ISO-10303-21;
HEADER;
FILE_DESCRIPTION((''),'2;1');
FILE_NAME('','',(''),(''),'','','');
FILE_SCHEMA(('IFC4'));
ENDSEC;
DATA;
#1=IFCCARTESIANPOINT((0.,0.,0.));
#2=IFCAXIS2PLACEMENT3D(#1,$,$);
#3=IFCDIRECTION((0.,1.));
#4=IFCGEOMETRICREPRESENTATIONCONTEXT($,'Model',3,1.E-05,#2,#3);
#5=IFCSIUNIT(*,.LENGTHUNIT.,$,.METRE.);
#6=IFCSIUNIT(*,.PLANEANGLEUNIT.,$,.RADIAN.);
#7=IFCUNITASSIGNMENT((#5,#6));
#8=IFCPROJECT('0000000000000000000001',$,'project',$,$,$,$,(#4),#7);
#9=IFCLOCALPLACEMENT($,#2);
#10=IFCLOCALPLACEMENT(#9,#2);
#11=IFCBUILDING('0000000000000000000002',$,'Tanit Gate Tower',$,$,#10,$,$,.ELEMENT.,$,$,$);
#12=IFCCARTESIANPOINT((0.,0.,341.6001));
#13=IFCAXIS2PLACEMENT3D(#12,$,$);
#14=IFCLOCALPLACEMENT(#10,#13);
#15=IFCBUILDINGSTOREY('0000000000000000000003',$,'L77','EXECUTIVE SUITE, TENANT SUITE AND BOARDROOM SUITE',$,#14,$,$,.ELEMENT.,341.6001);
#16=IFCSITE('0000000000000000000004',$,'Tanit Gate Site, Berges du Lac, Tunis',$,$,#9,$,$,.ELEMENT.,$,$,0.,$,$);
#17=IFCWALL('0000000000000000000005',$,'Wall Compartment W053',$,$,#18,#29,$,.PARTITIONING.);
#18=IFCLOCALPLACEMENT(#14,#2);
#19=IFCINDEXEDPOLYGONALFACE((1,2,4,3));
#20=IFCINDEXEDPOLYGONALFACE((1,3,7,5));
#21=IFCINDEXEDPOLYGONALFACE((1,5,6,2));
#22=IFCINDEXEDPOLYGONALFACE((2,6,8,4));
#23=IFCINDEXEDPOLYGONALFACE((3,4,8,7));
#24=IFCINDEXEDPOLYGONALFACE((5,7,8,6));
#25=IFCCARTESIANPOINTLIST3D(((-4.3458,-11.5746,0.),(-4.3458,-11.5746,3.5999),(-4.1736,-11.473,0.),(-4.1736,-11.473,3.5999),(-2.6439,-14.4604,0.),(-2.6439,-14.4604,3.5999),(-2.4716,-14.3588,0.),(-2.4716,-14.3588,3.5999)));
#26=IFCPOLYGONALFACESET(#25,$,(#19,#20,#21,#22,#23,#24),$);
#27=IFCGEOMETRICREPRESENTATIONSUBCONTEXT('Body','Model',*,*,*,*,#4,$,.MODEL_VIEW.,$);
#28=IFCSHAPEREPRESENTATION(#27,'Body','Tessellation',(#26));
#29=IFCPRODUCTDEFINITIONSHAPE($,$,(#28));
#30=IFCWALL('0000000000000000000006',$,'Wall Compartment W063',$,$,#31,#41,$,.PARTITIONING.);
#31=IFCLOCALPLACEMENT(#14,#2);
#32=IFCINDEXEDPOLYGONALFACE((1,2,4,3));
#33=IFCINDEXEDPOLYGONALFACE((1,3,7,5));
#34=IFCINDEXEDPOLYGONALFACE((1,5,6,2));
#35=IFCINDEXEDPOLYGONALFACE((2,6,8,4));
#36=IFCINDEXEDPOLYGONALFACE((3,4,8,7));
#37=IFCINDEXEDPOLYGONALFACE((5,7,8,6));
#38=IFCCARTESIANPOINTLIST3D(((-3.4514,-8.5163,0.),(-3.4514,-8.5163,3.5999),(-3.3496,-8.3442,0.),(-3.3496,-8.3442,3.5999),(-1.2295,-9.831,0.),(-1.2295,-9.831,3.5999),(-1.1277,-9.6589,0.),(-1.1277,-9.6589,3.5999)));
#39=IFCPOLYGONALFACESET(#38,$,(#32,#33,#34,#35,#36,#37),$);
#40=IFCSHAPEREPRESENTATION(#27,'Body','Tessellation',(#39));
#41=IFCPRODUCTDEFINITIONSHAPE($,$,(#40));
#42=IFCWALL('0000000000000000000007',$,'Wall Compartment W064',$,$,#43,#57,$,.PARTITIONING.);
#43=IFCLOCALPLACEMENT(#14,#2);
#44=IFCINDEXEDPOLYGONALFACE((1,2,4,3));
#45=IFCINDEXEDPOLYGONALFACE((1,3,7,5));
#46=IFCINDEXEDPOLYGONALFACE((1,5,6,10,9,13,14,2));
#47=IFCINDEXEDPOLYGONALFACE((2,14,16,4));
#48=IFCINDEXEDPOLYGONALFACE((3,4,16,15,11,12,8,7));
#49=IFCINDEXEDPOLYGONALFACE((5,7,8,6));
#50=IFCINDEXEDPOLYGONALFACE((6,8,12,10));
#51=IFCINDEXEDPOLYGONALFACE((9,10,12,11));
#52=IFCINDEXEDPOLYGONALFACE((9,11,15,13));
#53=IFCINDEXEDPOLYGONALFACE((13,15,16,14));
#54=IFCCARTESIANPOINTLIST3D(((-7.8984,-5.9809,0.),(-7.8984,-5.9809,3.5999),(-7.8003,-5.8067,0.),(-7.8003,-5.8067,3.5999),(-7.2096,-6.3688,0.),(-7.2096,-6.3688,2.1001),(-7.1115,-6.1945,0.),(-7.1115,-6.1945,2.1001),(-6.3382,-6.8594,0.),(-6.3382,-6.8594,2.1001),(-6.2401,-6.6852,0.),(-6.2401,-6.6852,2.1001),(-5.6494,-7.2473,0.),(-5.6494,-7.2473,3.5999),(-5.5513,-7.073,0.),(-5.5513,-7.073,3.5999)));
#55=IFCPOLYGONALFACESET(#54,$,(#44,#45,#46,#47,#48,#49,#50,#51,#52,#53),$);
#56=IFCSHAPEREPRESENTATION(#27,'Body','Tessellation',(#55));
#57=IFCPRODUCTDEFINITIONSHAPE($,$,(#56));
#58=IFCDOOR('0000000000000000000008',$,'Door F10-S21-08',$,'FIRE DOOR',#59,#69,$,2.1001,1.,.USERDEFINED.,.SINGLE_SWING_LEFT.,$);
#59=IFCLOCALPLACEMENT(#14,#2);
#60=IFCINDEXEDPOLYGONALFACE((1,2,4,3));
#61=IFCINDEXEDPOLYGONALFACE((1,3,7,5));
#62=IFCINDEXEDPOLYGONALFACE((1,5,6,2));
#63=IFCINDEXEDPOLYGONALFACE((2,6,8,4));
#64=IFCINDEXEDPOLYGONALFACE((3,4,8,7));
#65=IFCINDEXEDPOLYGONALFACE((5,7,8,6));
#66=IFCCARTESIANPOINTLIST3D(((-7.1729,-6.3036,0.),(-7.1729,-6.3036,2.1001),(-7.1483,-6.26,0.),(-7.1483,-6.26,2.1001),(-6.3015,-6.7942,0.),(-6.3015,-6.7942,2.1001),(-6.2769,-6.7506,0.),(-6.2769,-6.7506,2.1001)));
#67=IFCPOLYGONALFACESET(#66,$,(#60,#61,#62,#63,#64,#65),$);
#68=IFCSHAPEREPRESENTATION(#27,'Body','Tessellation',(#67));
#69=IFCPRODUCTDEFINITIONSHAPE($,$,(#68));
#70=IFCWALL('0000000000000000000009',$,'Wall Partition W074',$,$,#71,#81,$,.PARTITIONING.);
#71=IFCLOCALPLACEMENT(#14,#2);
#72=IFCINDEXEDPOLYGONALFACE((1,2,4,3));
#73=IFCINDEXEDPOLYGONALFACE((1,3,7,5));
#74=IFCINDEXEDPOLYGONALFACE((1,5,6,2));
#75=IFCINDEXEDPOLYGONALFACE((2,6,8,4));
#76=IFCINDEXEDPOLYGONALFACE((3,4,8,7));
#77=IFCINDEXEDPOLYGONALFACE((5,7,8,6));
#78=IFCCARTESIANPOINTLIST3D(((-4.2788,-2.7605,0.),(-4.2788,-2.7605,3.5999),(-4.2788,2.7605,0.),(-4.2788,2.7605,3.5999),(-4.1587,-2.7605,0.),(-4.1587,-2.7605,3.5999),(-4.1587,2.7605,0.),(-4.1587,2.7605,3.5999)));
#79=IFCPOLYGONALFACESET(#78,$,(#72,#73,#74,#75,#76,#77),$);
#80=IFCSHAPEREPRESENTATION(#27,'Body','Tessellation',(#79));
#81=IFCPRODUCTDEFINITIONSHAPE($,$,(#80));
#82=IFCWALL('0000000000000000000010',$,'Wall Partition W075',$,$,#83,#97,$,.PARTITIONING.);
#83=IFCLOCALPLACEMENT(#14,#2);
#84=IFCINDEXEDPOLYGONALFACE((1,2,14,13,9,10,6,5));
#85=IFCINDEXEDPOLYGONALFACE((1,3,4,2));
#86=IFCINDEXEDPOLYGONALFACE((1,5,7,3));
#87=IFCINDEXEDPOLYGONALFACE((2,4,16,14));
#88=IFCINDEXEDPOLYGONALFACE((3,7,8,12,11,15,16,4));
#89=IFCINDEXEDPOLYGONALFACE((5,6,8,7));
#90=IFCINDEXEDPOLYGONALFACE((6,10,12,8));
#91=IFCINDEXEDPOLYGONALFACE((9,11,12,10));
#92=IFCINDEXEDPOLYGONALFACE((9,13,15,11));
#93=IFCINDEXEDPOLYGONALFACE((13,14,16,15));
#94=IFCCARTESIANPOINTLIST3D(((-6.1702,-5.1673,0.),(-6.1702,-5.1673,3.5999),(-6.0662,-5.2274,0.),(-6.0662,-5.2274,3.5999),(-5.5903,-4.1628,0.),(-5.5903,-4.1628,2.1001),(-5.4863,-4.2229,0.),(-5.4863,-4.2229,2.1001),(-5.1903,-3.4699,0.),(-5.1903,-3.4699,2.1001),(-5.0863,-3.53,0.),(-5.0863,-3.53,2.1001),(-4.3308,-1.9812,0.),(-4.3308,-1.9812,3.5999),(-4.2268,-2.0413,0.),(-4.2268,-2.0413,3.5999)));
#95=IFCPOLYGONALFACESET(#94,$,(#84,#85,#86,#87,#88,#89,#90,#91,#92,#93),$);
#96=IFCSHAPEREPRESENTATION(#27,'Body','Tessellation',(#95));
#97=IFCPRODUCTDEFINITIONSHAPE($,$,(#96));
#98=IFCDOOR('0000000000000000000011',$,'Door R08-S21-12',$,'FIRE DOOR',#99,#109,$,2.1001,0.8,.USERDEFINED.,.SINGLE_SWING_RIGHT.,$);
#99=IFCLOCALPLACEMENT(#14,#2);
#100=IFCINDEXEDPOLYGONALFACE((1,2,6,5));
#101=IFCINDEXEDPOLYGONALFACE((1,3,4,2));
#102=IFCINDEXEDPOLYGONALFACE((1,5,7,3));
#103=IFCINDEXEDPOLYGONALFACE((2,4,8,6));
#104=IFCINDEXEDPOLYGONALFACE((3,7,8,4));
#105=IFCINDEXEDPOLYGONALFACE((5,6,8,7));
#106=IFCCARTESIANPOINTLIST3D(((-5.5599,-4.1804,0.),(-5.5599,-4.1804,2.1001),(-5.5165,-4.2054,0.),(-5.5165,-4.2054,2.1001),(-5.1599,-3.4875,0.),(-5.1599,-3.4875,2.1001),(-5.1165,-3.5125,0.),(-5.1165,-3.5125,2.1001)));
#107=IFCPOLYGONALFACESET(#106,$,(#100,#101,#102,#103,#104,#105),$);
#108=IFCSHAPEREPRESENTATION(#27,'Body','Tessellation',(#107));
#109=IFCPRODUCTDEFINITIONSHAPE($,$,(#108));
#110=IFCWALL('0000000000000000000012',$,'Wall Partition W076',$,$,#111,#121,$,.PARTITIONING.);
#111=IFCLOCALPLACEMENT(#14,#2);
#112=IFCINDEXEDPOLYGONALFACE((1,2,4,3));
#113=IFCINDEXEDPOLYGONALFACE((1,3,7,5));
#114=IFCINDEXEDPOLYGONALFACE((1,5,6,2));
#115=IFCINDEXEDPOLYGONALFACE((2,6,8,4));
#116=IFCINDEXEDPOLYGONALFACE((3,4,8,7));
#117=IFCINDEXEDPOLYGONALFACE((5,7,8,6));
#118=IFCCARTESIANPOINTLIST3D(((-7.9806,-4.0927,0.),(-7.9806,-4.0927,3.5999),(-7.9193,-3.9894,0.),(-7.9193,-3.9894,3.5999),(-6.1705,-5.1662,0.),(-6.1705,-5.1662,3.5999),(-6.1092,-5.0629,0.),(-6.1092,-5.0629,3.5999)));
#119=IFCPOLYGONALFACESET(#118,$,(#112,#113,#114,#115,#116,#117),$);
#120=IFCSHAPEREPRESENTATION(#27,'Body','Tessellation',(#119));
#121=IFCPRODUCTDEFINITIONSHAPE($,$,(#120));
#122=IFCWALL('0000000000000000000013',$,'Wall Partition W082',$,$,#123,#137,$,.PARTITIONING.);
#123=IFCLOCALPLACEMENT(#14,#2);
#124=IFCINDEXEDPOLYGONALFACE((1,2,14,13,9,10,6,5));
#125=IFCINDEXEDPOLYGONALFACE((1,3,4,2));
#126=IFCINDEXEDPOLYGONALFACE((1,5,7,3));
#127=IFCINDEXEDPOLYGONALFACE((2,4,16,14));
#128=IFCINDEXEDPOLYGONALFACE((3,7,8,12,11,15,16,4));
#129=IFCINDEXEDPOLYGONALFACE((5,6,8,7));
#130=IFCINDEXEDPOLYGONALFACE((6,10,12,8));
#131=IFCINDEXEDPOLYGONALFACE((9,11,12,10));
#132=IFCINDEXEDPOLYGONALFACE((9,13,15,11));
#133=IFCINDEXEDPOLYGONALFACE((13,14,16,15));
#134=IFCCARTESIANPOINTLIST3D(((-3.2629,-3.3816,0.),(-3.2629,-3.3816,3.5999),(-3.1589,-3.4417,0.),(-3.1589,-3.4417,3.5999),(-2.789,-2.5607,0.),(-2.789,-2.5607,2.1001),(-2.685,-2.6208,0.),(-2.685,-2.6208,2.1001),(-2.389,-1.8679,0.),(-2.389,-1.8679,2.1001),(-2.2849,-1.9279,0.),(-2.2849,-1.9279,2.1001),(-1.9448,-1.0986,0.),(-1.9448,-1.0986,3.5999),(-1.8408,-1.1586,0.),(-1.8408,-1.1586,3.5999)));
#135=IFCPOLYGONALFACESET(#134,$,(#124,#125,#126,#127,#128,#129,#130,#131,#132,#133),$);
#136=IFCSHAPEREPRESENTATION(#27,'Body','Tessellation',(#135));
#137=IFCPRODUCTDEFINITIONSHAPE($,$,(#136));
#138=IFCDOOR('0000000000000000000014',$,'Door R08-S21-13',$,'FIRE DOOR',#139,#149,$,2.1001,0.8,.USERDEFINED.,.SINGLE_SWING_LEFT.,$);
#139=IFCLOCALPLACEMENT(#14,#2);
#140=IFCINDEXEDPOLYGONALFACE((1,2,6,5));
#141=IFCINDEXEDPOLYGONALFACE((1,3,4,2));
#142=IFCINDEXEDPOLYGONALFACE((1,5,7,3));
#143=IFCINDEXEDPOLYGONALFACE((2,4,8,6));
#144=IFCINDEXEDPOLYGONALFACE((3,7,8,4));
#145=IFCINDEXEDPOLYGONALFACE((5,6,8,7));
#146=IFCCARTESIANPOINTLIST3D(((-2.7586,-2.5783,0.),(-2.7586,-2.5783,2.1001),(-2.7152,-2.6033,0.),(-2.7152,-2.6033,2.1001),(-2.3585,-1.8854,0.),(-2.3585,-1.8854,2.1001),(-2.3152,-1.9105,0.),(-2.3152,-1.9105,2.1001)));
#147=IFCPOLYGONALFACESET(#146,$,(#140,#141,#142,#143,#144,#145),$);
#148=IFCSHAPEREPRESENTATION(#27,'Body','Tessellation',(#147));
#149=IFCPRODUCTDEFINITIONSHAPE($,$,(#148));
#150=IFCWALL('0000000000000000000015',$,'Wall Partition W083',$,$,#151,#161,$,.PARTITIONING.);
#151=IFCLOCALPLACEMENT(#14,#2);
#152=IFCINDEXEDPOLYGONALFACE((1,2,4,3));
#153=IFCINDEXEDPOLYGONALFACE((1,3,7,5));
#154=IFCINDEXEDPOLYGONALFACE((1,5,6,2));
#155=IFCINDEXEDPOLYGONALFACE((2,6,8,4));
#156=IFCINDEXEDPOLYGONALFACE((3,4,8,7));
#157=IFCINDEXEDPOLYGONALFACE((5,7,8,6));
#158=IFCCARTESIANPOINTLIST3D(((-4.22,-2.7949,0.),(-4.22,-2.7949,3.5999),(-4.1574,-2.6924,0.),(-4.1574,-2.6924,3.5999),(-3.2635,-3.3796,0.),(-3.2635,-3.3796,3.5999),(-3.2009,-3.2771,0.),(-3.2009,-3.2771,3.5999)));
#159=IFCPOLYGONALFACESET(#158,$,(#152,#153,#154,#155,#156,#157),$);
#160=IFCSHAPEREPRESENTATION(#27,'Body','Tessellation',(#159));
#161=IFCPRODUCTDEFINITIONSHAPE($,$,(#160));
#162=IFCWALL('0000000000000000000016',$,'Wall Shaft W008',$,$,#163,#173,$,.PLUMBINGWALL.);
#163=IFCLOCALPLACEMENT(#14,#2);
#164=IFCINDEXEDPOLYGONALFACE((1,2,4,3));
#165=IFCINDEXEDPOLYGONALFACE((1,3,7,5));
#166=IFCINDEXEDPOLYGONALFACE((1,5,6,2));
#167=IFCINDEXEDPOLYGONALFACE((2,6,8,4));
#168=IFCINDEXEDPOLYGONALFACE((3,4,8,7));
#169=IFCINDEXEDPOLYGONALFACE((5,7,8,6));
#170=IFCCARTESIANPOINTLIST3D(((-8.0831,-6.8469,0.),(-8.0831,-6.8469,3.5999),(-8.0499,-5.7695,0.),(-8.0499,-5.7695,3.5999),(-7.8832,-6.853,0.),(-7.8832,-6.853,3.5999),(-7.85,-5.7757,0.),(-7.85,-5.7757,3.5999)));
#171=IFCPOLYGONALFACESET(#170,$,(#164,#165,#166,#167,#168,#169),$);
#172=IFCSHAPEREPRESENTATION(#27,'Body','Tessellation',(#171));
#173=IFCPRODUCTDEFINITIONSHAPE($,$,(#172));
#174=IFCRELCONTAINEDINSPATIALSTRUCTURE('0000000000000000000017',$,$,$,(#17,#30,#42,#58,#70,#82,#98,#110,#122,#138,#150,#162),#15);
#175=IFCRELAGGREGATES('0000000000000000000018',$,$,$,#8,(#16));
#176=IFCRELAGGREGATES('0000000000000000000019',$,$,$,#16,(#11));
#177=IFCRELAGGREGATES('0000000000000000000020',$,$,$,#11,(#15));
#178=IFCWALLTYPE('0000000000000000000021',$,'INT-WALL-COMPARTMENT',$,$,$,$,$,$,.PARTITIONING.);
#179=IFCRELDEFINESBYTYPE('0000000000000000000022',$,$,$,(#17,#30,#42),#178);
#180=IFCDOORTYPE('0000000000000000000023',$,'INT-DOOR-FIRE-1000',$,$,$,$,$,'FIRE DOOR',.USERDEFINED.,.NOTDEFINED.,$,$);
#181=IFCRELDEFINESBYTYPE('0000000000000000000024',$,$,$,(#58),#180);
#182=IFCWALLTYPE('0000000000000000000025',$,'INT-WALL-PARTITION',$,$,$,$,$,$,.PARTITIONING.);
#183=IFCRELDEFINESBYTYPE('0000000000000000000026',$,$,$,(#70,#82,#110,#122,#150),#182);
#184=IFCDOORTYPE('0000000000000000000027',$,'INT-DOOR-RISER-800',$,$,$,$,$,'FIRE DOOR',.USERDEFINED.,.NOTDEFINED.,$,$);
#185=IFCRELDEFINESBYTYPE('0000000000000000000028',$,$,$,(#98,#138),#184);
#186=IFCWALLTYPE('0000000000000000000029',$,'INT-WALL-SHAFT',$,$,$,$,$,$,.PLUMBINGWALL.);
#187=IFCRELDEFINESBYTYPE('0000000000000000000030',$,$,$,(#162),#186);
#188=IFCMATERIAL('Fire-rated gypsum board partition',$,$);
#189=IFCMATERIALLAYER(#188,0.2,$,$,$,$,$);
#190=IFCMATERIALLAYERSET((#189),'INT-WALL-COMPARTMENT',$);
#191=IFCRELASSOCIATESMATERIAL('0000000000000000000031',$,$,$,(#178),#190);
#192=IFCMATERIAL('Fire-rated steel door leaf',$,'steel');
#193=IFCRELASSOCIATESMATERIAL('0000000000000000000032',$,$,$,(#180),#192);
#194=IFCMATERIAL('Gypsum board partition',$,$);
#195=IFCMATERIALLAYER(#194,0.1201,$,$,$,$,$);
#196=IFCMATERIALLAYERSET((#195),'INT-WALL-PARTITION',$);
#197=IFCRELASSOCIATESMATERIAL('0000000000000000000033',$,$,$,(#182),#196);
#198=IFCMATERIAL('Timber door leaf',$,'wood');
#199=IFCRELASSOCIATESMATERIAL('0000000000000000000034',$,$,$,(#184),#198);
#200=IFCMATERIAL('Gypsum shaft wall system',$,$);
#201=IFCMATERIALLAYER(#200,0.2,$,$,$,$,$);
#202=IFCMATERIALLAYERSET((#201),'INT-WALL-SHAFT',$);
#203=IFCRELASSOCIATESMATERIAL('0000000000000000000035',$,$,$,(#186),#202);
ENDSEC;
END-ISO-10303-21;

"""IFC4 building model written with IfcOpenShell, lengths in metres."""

from ifc_helpers import new_model, si_unit, direction, frame, frame_2d, origin, place, context, subcontext, project, spatial, rectangle, extrude, material, layer, layer_set, type_object, element, fill, save


model = new_model("IFC4")

# Units and contexts
model_context = context("Model", 3, precision=1e-05, world=origin(), true_north=direction((0.0, 1.0)))
body_context = subcontext(model_context, "Body", "Model", "MODEL_VIEW")
ifc_project = project(units=[si_unit("LENGTHUNIT", "METRE"), si_unit("PLANEANGLEUNIT", "RADIAN")], contexts=[model_context])

# Site, building, storey
site_placement = place(None, origin())
site = spatial("IfcSite", under=ifc_project, at=site_placement, Name="Tanit Gate Site, Berges du Lac, Tunis", CompositionType="ELEMENT", RefElevation=0.0)
building_placement = place(site_placement, origin())
building = spatial("IfcBuilding", under=site, at=building_placement, Name="Tanit Gate Tower", CompositionType="ELEMENT")
storey_placement = place(building_placement, frame((0.0, 0.0, 341.6001)))
storey = spatial("IfcBuildingStorey", under=building, at=storey_placement, Name="L77", Description="EXECUTIVE SUITE, TENANT SUITE AND BOARDROOM SUITE", CompositionType="ELEMENT", Elevation=341.6001)

# Walls
ifc_material_1 = material(Name="Fire-rated gypsum board partition")
ifc_layer_1 = layer(ifc_material_1, 0.2)
ifc_layer_set_1 = layer_set([ifc_layer_1], Name="INT-WALL-COMPARTMENT")
wall_type_1 = type_object("IfcWallType", Name="INT-WALL-COMPARTMENT", PredefinedType="PARTITIONING", material=ifc_layer_set_1)
wall_1_placement = place(storey_placement, frame((-4.2598, -11.5237, 0.0), z_axis=(0.0, 0.0, 1.0), x_axis=(0.507997, -0.861359, 0.0)))
element("IfcWall", 1, at=wall_1_placement, inside=storey, type_object=wall_type_1, Name="Wall Compartment W053", PredefinedType="PARTITIONING", context=body_context, shape_type="SweptSolid", body=[
    extrude(rectangle(XDim=3.3503, YDim=0.2, at=frame_2d((1.6753, 0.0))), origin(), (0.0, 0.0, 1.0), 3.5999),
])
wall_2_placement = place(storey_placement, frame((-3.4006, -8.4302, 0.0), z_axis=(0.0, 0.0, 1.0), x_axis=(0.860631, -0.509229, 0.0)))
element("IfcWall", 2, at=wall_2_placement, inside=storey, type_object=wall_type_1, Name="Wall Compartment W063", PredefinedType="PARTITIONING", context=body_context, shape_type="SweptSolid", body=[
    extrude(rectangle(XDim=2.5818, YDim=0.2, at=frame_2d((1.291, 0.0))), origin(), (0.0, 0.0, 1.0), 3.5999),
])

# Wall, opening, door
wall_3_placement = place(storey_placement, frame((-7.8494, -5.8938, 0.0), z_axis=(0.0, 0.0, 1.0), x_axis=(0.871363, -0.490638, 0.0)))
wall_3 = element("IfcWall", 3, at=wall_3_placement, inside=storey, type_object=wall_type_1, Name="Wall Compartment W064", PredefinedType="PARTITIONING", context=body_context, shape_type="SweptSolid", body=[
    extrude(rectangle(XDim=2.5811, YDim=0.2, at=frame_2d((1.2905, 0.0))), origin(), (0.0, 0.0, 1.0), 3.5999),
])
opening_1_placement = place(wall_3_placement, frame((0.7905, 0.0, 0.0)))
opening_1 = element("IfcOpeningElement", 4, at=opening_1_placement, cuts=wall_3, PredefinedType="OPENING", context=body_context, shape_type="SweptSolid", body=[
    extrude(rectangle(XDim=1.0, YDim=2.1001, at=frame_2d((0.5, 1.05))), frame((0.0, 0.1099, 0.0), z_axis=(0.0, -1.0, 0.0), x_axis=(1.0, 0.0, 0.0)), (0.0, 0.0, 1.0), 0.22),
])
ifc_material_2 = material(Name="Fire-rated steel door leaf", Category="steel")
door_type_1 = type_object("IfcDoorType", Name="INT-DOOR-FIRE-1000", ElementType="FIRE DOOR", OperationType="NOTDEFINED", PredefinedType="USERDEFINED", material=ifc_material_2)
door_1_placement = place(opening_1_placement, origin())
door_1 = element("IfcDoor", 5, at=door_1_placement, inside=storey, type_object=door_type_1, Name="Door F10-S21-08", ObjectType="FIRE DOOR", OperationType="SINGLE_SWING_LEFT", OverallHeight=2.1001, OverallWidth=1.0, PredefinedType="USERDEFINED", context=body_context, shape_type="SweptSolid", body=[
    extrude(rectangle(XDim=1.0, YDim=2.1001, at=frame_2d((0.5, 1.05))), frame((0.0, 0.0249, 0.0), z_axis=(0.0, -1.0, 0.0), x_axis=(1.0, 0.0, 0.0)), (0.0, 0.0, 1.0), 0.05),
])
fill(opening_1, door_1)

# Wall
ifc_material_3 = material(Name="Gypsum board partition")
ifc_layer_2 = layer(ifc_material_3, 0.1201)
ifc_layer_set_2 = layer_set([ifc_layer_2], Name="INT-WALL-PARTITION")
wall_type_2 = type_object("IfcWallType", Name="INT-WALL-PARTITION", PredefinedType="PARTITIONING", material=ifc_layer_set_2)
wall_4_placement = place(storey_placement, frame((-4.2188, -2.7605, 0.0), z_axis=(0.0, 0.0, 1.0), x_axis=(0.0, 1.0, 0.0)))
element("IfcWall", 6, at=wall_4_placement, inside=storey, type_object=wall_type_2, Name="Wall Partition W074", PredefinedType="PARTITIONING", context=body_context, shape_type="SweptSolid", body=[
    extrude(rectangle(XDim=5.521, YDim=0.1201, at=frame_2d((2.7605, 0.0))), origin(), (0.0, 0.0, 1.0), 3.5999),
])

# Wall, opening, door
wall_5_placement = place(storey_placement, frame((-6.1182, -5.1973, 0.0), z_axis=(0.0, 0.0, 1.0), x_axis=(0.499979, 0.866038, 0.0)))
wall_5 = element("IfcWall", 7, at=wall_5_placement, inside=storey, type_object=wall_type_2, Name="Wall Partition W075", PredefinedType="PARTITIONING", context=body_context, shape_type="SweptSolid", body=[
    extrude(rectangle(XDim=3.679, YDim=0.1201, at=frame_2d((1.8394, 0.0))), origin(), (0.0, 0.0, 1.0), 3.5999),
])
opening_2_placement = place(wall_5_placement, frame((1.1599, 0.0, 0.0)))
opening_2 = element("IfcOpeningElement", 8, at=opening_2_placement, cuts=wall_5, PredefinedType="OPENING", context=body_context, shape_type="SweptSolid", body=[
    extrude(rectangle(XDim=0.8, YDim=2.1001, at=frame_2d((0.3999, 1.05))), frame((0.0, 0.0701, 0.0), z_axis=(0.0, -1.0, 0.0), x_axis=(1.0, 0.0, 0.0)), (0.0, 0.0, 1.0), 0.1401),
])
ifc_material_4 = material(Name="Timber door leaf", Category="wood")
door_type_2 = type_object("IfcDoorType", Name="INT-DOOR-RISER-800", ElementType="FIRE DOOR", OperationType="NOTDEFINED", PredefinedType="USERDEFINED", material=ifc_material_4)
door_2_placement = place(opening_2_placement, origin())
door_2 = element("IfcDoor", 9, at=door_2_placement, inside=storey, type_object=door_type_2, Name="Door R08-S21-12", ObjectType="FIRE DOOR", OperationType="SINGLE_SWING_RIGHT", OverallHeight=2.1001, OverallWidth=0.8, PredefinedType="USERDEFINED", context=body_context, shape_type="SweptSolid", body=[
    extrude(rectangle(XDim=0.8, YDim=2.1001, at=frame_2d((0.3999, 1.05))), frame((0.0, 0.0249, 0.0), z_axis=(0.0, -1.0, 0.0), x_axis=(1.0, 0.0, 0.0)), (0.0, 0.0, 1.0), 0.05),
])
fill(opening_2, door_2)

# Wall
wall_6_placement = place(storey_placement, frame((-7.95, -4.041, 0.0), z_axis=(0.0, 0.0, 1.0), x_axis=(0.860112, -0.510104, 0.0)))
element("IfcWall", 10, at=wall_6_placement, inside=storey, type_object=wall_type_2, Name="Wall Partition W076", PredefinedType="PARTITIONING", context=body_context, shape_type="SweptSolid", body=[
    extrude(rectangle(XDim=2.1045, YDim=0.1201, at=frame_2d((1.0522, 0.0))), origin(), (0.0, 0.0, 1.0), 3.5999),
])

# Wall, opening, door
wall_7_placement = place(storey_placement, frame((-3.2109, -3.4116, 0.0), z_axis=(0.0, 0.0, 1.0), x_axis=(0.500014, 0.866017, 0.0)))
wall_7 = element("IfcWall", 11, at=wall_7_placement, inside=storey, type_object=wall_type_2, Name="Wall Partition W082", PredefinedType="PARTITIONING", context=body_context, shape_type="SweptSolid", body=[
    extrude(rectangle(XDim=2.6362, YDim=0.1201, at=frame_2d((1.3181, 0.0))), origin(), (0.0, 0.0, 1.0), 3.5999),
])
opening_3_placement = place(wall_7_placement, frame((0.948, 0.0, 0.0)))
opening_3 = element("IfcOpeningElement", 12, at=opening_3_placement, cuts=wall_7, PredefinedType="OPENING", context=body_context, shape_type="SweptSolid", body=[
    extrude(rectangle(XDim=0.8, YDim=2.1001, at=frame_2d((0.3999, 1.05))), frame((0.0, 0.0701, 0.0), z_axis=(0.0, -1.0, 0.0), x_axis=(1.0, 0.0, 0.0)), (0.0, 0.0, 1.0), 0.1401),
])
door_3_placement = place(opening_3_placement, origin())
door_3 = element("IfcDoor", 13, at=door_3_placement, inside=storey, type_object=door_type_2, Name="Door R08-S21-13", ObjectType="FIRE DOOR", OperationType="SINGLE_SWING_LEFT", OverallHeight=2.1001, OverallWidth=0.8, PredefinedType="USERDEFINED", context=body_context, shape_type="SweptSolid", body=[
    extrude(rectangle(XDim=0.8, YDim=2.1001, at=frame_2d((0.3999, 1.05))), frame((0.0, 0.0249, 0.0), z_axis=(0.0, -1.0, 0.0), x_axis=(1.0, 0.0, 0.0)), (0.0, 0.0, 1.0), 0.05),
])
fill(opening_3, door_3)

# Walls
wall_8_placement = place(storey_placement, frame((-4.1887, -2.7437, 0.0), z_axis=(0.0, 0.0, 1.0), x_axis=(0.853217, -0.521556, 0.0)))
element("IfcWall", 14, at=wall_8_placement, inside=storey, type_object=wall_type_2, Name="Wall Partition W083", PredefinedType="PARTITIONING", context=body_context, shape_type="SweptSolid", body=[
    extrude(rectangle(XDim=1.1211, YDim=0.1201, at=frame_2d((0.5605, 0.0))), origin(), (0.0, 0.0, 1.0), 3.5999),
])
ifc_material_5 = material(Name="Gypsum shaft wall system")
ifc_layer_3 = layer(ifc_material_5, 0.2)
ifc_layer_set_3 = layer_set([ifc_layer_3], Name="INT-WALL-SHAFT")
wall_type_3 = type_object("IfcWallType", Name="INT-WALL-SHAFT", PredefinedType="PLUMBINGWALL", material=ifc_layer_set_3)
wall_9_placement = place(storey_placement, frame((-7.95, -5.7725, 0.0), z_axis=(0.0, 0.0, 1.0), x_axis=(-0.030803, -0.999525, 0.0)))
element("IfcWall", 15, at=wall_9_placement, inside=storey, type_object=wall_type_3, Name="Wall Shaft W008", PredefinedType="PLUMBINGWALL", context=body_context, shape_type="SweptSolid", body=[
    extrude(rectangle(XDim=1.0779, YDim=0.2, at=frame_2d((0.5391, 0.0))), origin(), (0.0, 0.0, 1.0), 3.5999),
])

save(model, "model.ifc")
